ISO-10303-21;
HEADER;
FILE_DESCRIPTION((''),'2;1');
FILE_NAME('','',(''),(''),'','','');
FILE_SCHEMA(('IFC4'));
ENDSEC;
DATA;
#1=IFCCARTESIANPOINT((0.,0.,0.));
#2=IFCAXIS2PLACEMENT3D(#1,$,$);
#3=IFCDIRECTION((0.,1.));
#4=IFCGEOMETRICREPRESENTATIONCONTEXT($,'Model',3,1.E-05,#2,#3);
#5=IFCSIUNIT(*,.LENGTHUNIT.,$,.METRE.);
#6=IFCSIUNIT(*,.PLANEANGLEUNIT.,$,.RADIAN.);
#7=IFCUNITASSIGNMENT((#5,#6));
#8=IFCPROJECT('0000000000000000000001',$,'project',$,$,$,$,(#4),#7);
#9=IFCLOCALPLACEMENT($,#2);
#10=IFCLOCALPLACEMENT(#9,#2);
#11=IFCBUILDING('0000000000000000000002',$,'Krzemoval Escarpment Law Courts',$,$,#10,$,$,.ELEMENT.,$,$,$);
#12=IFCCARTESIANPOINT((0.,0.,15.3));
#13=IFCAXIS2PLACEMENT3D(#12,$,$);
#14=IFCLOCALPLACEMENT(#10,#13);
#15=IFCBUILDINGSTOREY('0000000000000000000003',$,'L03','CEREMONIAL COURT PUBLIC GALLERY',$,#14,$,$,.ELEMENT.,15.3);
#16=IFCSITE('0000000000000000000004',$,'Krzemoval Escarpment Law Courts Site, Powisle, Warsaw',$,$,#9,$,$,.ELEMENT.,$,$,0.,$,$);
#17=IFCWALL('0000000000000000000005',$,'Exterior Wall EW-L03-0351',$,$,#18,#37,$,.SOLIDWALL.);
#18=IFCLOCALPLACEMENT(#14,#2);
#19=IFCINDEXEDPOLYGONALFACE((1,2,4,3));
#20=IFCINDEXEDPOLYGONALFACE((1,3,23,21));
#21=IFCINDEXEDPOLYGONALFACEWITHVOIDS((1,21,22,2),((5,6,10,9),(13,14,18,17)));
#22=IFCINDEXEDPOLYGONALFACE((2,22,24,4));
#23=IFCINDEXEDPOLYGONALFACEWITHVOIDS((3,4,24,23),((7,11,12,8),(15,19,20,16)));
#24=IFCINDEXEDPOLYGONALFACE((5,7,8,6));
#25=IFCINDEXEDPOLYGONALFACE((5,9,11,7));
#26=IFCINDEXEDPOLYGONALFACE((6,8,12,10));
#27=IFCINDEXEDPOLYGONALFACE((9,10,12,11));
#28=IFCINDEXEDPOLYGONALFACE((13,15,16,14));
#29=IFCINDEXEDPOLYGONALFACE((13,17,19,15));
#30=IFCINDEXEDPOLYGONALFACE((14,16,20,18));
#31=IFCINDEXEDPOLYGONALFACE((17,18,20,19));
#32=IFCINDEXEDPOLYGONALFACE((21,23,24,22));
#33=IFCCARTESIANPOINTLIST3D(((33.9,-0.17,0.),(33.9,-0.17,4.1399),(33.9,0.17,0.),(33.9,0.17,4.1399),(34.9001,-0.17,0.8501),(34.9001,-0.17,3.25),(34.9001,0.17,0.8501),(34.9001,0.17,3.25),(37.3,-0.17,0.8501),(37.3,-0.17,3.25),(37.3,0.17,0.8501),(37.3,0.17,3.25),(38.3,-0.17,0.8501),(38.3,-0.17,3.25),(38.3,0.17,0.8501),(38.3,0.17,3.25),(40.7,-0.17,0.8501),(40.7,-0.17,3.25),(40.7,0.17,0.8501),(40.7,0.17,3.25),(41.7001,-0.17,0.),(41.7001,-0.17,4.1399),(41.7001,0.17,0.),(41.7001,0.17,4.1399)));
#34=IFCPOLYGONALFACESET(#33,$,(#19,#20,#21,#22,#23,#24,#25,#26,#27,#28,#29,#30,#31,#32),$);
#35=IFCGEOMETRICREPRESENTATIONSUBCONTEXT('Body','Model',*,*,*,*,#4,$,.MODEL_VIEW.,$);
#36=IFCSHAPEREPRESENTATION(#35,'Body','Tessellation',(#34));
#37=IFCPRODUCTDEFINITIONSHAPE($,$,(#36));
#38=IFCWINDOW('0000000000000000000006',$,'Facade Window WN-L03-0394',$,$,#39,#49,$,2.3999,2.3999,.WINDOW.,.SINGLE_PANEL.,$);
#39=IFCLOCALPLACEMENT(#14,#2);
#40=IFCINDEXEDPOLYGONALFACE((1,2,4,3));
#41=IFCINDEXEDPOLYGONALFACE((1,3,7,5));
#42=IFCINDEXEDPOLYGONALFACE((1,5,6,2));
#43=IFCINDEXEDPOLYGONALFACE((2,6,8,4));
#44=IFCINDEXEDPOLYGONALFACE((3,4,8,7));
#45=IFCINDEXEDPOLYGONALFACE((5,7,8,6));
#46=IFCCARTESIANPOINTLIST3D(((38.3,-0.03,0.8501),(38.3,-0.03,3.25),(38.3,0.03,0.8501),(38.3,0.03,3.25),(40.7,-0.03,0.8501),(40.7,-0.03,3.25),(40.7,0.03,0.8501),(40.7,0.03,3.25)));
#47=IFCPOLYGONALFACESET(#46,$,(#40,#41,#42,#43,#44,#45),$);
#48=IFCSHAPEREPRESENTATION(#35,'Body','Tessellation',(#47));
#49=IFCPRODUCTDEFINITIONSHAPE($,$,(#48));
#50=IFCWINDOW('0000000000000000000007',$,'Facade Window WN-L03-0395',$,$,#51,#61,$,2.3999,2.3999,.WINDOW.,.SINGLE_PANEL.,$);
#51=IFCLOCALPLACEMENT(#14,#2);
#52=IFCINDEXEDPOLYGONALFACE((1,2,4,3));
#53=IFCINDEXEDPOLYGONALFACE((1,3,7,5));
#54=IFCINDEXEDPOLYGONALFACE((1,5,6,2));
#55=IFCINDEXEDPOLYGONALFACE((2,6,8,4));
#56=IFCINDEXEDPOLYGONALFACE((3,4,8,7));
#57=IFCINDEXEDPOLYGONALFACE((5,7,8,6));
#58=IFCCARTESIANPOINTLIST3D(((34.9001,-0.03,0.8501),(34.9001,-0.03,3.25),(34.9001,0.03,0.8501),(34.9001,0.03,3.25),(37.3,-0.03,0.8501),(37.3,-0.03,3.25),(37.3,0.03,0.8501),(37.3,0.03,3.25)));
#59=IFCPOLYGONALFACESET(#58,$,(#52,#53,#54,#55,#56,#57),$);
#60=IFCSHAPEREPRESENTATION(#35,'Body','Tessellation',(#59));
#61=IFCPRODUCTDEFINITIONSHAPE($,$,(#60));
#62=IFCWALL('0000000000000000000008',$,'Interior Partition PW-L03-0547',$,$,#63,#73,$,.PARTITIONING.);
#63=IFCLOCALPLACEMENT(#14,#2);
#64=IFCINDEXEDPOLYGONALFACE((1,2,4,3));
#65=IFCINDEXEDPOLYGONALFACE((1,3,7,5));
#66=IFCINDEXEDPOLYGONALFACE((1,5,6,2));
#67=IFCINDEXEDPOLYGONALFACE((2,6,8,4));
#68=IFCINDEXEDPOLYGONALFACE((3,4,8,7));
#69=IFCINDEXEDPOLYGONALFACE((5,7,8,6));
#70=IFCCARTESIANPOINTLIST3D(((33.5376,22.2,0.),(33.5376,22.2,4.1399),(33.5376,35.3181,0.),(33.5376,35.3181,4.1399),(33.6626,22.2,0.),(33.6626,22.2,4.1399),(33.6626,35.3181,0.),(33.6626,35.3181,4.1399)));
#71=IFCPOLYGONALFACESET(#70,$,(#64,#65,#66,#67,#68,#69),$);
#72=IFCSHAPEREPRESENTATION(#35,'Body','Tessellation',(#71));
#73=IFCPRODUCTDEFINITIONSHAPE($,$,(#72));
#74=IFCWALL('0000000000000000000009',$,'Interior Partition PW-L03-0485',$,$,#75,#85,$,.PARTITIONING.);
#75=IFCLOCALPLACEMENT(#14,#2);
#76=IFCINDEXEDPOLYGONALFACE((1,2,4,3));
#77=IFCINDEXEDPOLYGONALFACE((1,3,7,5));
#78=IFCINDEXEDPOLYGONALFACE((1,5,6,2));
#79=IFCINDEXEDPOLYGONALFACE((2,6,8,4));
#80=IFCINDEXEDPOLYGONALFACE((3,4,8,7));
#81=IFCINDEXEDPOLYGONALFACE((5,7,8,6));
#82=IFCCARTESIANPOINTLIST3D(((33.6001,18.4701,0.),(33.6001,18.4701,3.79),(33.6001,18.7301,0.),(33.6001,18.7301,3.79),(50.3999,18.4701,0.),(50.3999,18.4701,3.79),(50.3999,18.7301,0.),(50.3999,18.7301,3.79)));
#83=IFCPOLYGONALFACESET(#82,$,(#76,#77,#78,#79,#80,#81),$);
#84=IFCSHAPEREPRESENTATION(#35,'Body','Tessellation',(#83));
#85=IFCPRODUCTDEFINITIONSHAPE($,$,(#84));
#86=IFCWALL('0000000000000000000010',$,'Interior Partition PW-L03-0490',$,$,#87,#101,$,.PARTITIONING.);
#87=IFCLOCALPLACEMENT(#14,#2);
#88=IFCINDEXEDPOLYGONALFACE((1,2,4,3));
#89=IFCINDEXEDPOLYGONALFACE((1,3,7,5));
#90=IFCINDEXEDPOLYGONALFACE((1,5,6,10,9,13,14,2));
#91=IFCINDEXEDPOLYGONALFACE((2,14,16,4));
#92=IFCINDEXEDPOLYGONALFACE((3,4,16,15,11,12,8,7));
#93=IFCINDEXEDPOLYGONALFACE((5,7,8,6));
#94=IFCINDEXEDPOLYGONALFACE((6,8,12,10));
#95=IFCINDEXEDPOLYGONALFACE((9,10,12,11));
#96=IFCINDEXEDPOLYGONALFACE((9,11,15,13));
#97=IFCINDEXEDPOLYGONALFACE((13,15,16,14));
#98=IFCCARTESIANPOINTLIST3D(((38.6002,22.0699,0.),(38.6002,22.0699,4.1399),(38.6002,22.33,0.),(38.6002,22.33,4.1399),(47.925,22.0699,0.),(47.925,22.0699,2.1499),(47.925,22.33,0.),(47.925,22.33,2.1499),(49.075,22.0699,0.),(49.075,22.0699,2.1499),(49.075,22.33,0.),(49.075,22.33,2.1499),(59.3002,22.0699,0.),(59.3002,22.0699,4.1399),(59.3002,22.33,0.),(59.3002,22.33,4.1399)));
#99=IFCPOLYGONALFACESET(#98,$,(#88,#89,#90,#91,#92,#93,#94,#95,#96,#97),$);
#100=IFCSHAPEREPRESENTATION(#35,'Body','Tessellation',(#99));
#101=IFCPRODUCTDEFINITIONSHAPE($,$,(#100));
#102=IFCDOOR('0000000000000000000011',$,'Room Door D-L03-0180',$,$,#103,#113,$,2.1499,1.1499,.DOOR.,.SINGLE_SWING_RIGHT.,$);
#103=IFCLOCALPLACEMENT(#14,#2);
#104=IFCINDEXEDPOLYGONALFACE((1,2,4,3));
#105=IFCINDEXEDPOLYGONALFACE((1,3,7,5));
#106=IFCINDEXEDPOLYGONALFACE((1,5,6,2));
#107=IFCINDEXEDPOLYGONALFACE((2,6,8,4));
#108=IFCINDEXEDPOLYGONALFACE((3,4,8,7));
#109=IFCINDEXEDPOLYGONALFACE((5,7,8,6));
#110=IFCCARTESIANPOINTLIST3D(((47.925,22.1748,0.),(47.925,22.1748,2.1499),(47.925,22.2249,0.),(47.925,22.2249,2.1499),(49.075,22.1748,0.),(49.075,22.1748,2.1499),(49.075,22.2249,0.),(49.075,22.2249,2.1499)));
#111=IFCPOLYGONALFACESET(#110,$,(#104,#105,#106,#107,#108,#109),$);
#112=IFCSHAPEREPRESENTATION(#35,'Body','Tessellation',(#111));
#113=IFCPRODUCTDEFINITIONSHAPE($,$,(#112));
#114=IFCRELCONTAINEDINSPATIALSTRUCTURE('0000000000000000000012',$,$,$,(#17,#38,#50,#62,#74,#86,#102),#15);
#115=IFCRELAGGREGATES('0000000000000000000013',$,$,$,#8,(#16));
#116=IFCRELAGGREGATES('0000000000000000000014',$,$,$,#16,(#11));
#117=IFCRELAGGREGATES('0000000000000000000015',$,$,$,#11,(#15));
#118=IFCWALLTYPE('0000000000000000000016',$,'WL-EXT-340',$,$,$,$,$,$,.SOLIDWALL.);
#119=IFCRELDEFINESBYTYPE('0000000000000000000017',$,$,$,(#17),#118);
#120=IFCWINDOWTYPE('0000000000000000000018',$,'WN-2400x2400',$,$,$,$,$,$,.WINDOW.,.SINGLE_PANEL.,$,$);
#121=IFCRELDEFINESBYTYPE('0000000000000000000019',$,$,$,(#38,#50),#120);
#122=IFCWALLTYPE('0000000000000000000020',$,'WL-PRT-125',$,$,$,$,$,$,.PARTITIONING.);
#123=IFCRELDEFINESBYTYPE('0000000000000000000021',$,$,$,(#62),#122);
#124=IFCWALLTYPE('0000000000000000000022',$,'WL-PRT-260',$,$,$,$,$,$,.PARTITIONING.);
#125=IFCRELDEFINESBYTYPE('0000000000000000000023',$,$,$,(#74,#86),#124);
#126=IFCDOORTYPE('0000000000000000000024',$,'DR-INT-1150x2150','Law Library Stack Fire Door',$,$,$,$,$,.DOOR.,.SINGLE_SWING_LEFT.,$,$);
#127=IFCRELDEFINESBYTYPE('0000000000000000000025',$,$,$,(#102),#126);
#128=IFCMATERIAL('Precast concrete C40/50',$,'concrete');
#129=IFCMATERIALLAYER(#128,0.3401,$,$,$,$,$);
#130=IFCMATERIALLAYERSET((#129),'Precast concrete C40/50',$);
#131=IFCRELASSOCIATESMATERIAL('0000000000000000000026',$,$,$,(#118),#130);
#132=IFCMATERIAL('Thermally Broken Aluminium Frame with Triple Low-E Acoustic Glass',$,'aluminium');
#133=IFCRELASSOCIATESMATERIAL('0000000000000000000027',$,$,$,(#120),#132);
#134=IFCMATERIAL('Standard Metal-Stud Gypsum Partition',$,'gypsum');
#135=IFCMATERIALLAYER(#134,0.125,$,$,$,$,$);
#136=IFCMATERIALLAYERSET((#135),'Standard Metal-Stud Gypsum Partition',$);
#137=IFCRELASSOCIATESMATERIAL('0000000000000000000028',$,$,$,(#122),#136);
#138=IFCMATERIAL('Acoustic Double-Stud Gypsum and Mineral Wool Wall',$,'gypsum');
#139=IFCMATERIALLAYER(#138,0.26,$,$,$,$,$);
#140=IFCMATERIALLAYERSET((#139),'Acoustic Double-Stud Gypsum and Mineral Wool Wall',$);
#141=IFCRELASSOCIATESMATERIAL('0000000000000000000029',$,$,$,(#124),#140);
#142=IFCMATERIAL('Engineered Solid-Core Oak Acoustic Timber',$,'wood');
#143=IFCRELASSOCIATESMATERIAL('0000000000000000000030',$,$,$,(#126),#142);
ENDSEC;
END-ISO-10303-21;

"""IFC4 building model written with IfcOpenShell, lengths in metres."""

from ifc_helpers import new_model, si_unit, direction, frame, frame_2d, origin, place, context, subcontext, project, spatial, rectangle, extrude, material, layer, layer_set, type_object, element, fill, save


model = new_model("IFC4")

# Units and contexts
model_context = context("Model", 3, precision=1e-05, world=origin(), true_north=direction((0.0, 1.0)))
body_context = subcontext(model_context, "Body", "Model", "MODEL_VIEW")
ifc_project = project(units=[si_unit("LENGTHUNIT", "METRE"), si_unit("PLANEANGLEUNIT", "RADIAN")], contexts=[model_context])

# Site, building, storey
site_placement = place(None, origin())
site = spatial("IfcSite", under=ifc_project, at=site_placement, Name="Krzemoval Escarpment Law Courts Site, Powisle, Warsaw", CompositionType="ELEMENT", RefElevation=0.0)
building_placement = place(site_placement, origin())
building = spatial("IfcBuilding", under=site, at=building_placement, Name="Krzemoval Escarpment Law Courts", CompositionType="ELEMENT")
storey_placement = place(building_placement, frame((0.0, 0.0, 15.3)))
storey = spatial("IfcBuildingStorey", under=building, at=storey_placement, Name="L03", Description="CEREMONIAL COURT PUBLIC GALLERY", CompositionType="ELEMENT", Elevation=15.3)

# Wall, openings, windows
ifc_material_1 = material(Name="Precast concrete C40/50", Category="concrete")
ifc_layer_1 = layer(ifc_material_1, 0.3401)
ifc_layer_set_1 = layer_set([ifc_layer_1], Name="Precast concrete C40/50")
wall_type_1 = type_object("IfcWallType", Name="WL-EXT-340", PredefinedType="SOLIDWALL", material=ifc_layer_set_1)
wall_1_placement = place(storey_placement, frame((41.7, 0.0, 0.0), z_axis=(0.0, 0.0, 1.0), x_axis=(-1.0, 0.0, 0.0)))
wall_1 = element("IfcWall", 1, at=wall_1_placement, inside=storey, type_object=wall_type_1, Name="Exterior Wall EW-L03-0351", PredefinedType="SOLIDWALL", context=body_context, shape_type="SweptSolid", body=[
    extrude(rectangle(XDim=7.8, YDim=0.3401, at=frame_2d((3.8999, 0.0))), origin(), (0.0, 0.0, 1.0), 4.1399),
])
opening_1_placement = place(wall_1_placement, frame((1.0, 0.0, 0.8501)))
opening_1 = element("IfcOpeningElement", 2, at=opening_1_placement, cuts=wall_1, PredefinedType="OPENING", context=body_context, shape_type="SweptSolid", body=[
    extrude(rectangle(XDim=2.3999, YDim=2.3999, at=frame_2d((1.2, 1.2))), frame((0.0, 0.185, 0.0), z_axis=(0.0, -1.0, 0.0), x_axis=(1.0, 0.0, 0.0)), (0.0, 0.0, 1.0), 0.3701),
])
opening_2_placement = place(wall_1_placement, frame((4.3999, 0.0, 0.8501)))
opening_2 = element("IfcOpeningElement", 3, at=opening_2_placement, cuts=wall_1, PredefinedType="OPENING", context=body_context, shape_type="SweptSolid", body=[
    extrude(rectangle(XDim=2.3999, YDim=2.3999, at=frame_2d((1.2, 1.2))), frame((0.0, 0.185, 0.0), z_axis=(0.0, -1.0, 0.0), x_axis=(1.0, 0.0, 0.0)), (0.0, 0.0, 1.0), 0.3701),
])
ifc_material_2 = material(Name="Thermally Broken Aluminium Frame with Triple Low-E Acoustic Glass", Category="aluminium")
window_type = type_object("IfcWindowType", Name="WN-2400x2400", PartitioningType="SINGLE_PANEL", PredefinedType="WINDOW", material=ifc_material_2)
window_1_placement = place(opening_1_placement, origin())
window_1 = element("IfcWindow", 4, at=window_1_placement, inside=storey, type_object=window_type, Name="Facade Window WN-L03-0394", OverallHeight=2.3999, OverallWidth=2.3999, PartitioningType="SINGLE_PANEL", PredefinedType="WINDOW", context=body_context, shape_type="SweptSolid", body=[
    extrude(rectangle(XDim=2.3999, YDim=2.3999, at=frame_2d((1.2, 1.2))), frame((0.0, 0.03, 0.0), z_axis=(0.0, -1.0, 0.0), x_axis=(1.0, 0.0, 0.0)), (0.0, 0.0, 1.0), 0.0601),
])
fill(opening_1, window_1)
window_2_placement = place(opening_2_placement, origin())
window_2 = element("IfcWindow", 5, at=window_2_placement, inside=storey, type_object=window_type, Name="Facade Window WN-L03-0395", OverallHeight=2.3999, OverallWidth=2.3999, PartitioningType="SINGLE_PANEL", PredefinedType="WINDOW", context=body_context, shape_type="SweptSolid", body=[
    extrude(rectangle(XDim=2.3999, YDim=2.3999, at=frame_2d((1.2, 1.2))), frame((0.0, 0.03, 0.0), z_axis=(0.0, -1.0, 0.0), x_axis=(1.0, 0.0, 0.0)), (0.0, 0.0, 1.0), 0.0601),
])
fill(opening_2, window_2)

# Walls
ifc_material_3 = material(Name="Standard Metal-Stud Gypsum Partition", Category="gypsum")
ifc_layer_2 = layer(ifc_material_3, 0.125)
ifc_layer_set_2 = layer_set([ifc_layer_2], Name="Standard Metal-Stud Gypsum Partition")
wall_type_2 = type_object("IfcWallType", Name="WL-PRT-125", PredefinedType="PARTITIONING", material=ifc_layer_set_2)
wall_2_placement = place(storey_placement, frame((33.6001, 22.2, 0.0), z_axis=(0.0, 0.0, 1.0), x_axis=(0.0, 1.0, 0.0)))
element("IfcWall", 6, at=wall_2_placement, inside=storey, type_object=wall_type_2, Name="Interior Partition PW-L03-0547", PredefinedType="PARTITIONING", context=body_context, shape_type="SweptSolid", body=[
    extrude(rectangle(XDim=13.1182, YDim=0.125, at=frame_2d((6.5591, 0.0))), origin(), (0.0, 0.0, 1.0), 4.1399),
])
ifc_material_4 = material(Name="Acoustic Double-Stud Gypsum and Mineral Wool Wall", Category="gypsum")
ifc_layer_3 = layer(ifc_material_4, 0.26)
ifc_layer_set_3 = layer_set([ifc_layer_3], Name="Acoustic Double-Stud Gypsum and Mineral Wool Wall")
wall_type_3 = type_object("IfcWallType", Name="WL-PRT-260", PredefinedType="PARTITIONING", material=ifc_layer_set_3)
wall_3_placement = place(storey_placement, frame((33.6001, 18.6001, 0.0), z_axis=(0.0, 0.0, 1.0), x_axis=(1.0, 0.0, 0.0)))
element("IfcWall", 7, at=wall_3_placement, inside=storey, type_object=wall_type_3, Name="Interior Partition PW-L03-0485", PredefinedType="PARTITIONING", context=body_context, shape_type="SweptSolid", body=[
    extrude(rectangle(XDim=16.7998, YDim=0.26, at=frame_2d((8.3999, 0.0))), origin(), (0.0, 0.0, 1.0), 3.79),
])

# Wall, opening, door
wall_4_placement = place(storey_placement, frame((38.6001, 22.2, 0.0), z_axis=(0.0, 0.0, 1.0), x_axis=(1.0, 0.0, 0.0)))
wall_4 = element("IfcWall", 8, at=wall_4_placement, inside=storey, type_object=wall_type_3, Name="Interior Partition PW-L03-0490", PredefinedType="PARTITIONING", context=body_context, shape_type="SweptSolid", body=[
    extrude(rectangle(XDim=20.7, YDim=0.26, at=frame_2d((10.3501, 0.0))), origin(), (0.0, 0.0, 1.0), 4.1399),
])
opening_3_placement = place(wall_4_placement, frame((9.325, 0.0, 0.0)))
opening_3 = element("IfcOpeningElement", 9, at=opening_3_placement, cuts=wall_4, PredefinedType="OPENING", context=body_context, shape_type="SweptSolid", body=[
    extrude(rectangle(XDim=1.1499, YDim=2.1499, at=frame_2d((0.575, 1.075))), frame((0.0, 0.145, 0.0), z_axis=(0.0, -1.0, 0.0), x_axis=(1.0, 0.0, 0.0)), (0.0, 0.0, 1.0), 0.29),
])
ifc_material_5 = material(Name="Engineered Solid-Core Oak Acoustic Timber", Category="wood")
door_type = type_object("IfcDoorType", Name="DR-INT-1150x2150", Description="Law Library Stack Fire Door", OperationType="SINGLE_SWING_LEFT", PredefinedType="DOOR", material=ifc_material_5)
door_placement = place(opening_3_placement, origin())
door = element("IfcDoor", 10, at=door_placement, inside=storey, type_object=door_type, Name="Room Door D-L03-0180", OperationType="SINGLE_SWING_RIGHT", OverallHeight=2.1499, OverallWidth=1.1499, PredefinedType="DOOR", context=body_context, shape_type="SweptSolid", body=[
    extrude(rectangle(XDim=1.1499, YDim=2.1499, at=frame_2d((0.575, 1.075))), frame((0.0, 0.0249, 0.0), z_axis=(0.0, -1.0, 0.0), x_axis=(1.0, 0.0, 0.0)), (0.0, 0.0, 1.0), 0.05),
])
fill(opening_3, door)

save(model, "model.ifc")
